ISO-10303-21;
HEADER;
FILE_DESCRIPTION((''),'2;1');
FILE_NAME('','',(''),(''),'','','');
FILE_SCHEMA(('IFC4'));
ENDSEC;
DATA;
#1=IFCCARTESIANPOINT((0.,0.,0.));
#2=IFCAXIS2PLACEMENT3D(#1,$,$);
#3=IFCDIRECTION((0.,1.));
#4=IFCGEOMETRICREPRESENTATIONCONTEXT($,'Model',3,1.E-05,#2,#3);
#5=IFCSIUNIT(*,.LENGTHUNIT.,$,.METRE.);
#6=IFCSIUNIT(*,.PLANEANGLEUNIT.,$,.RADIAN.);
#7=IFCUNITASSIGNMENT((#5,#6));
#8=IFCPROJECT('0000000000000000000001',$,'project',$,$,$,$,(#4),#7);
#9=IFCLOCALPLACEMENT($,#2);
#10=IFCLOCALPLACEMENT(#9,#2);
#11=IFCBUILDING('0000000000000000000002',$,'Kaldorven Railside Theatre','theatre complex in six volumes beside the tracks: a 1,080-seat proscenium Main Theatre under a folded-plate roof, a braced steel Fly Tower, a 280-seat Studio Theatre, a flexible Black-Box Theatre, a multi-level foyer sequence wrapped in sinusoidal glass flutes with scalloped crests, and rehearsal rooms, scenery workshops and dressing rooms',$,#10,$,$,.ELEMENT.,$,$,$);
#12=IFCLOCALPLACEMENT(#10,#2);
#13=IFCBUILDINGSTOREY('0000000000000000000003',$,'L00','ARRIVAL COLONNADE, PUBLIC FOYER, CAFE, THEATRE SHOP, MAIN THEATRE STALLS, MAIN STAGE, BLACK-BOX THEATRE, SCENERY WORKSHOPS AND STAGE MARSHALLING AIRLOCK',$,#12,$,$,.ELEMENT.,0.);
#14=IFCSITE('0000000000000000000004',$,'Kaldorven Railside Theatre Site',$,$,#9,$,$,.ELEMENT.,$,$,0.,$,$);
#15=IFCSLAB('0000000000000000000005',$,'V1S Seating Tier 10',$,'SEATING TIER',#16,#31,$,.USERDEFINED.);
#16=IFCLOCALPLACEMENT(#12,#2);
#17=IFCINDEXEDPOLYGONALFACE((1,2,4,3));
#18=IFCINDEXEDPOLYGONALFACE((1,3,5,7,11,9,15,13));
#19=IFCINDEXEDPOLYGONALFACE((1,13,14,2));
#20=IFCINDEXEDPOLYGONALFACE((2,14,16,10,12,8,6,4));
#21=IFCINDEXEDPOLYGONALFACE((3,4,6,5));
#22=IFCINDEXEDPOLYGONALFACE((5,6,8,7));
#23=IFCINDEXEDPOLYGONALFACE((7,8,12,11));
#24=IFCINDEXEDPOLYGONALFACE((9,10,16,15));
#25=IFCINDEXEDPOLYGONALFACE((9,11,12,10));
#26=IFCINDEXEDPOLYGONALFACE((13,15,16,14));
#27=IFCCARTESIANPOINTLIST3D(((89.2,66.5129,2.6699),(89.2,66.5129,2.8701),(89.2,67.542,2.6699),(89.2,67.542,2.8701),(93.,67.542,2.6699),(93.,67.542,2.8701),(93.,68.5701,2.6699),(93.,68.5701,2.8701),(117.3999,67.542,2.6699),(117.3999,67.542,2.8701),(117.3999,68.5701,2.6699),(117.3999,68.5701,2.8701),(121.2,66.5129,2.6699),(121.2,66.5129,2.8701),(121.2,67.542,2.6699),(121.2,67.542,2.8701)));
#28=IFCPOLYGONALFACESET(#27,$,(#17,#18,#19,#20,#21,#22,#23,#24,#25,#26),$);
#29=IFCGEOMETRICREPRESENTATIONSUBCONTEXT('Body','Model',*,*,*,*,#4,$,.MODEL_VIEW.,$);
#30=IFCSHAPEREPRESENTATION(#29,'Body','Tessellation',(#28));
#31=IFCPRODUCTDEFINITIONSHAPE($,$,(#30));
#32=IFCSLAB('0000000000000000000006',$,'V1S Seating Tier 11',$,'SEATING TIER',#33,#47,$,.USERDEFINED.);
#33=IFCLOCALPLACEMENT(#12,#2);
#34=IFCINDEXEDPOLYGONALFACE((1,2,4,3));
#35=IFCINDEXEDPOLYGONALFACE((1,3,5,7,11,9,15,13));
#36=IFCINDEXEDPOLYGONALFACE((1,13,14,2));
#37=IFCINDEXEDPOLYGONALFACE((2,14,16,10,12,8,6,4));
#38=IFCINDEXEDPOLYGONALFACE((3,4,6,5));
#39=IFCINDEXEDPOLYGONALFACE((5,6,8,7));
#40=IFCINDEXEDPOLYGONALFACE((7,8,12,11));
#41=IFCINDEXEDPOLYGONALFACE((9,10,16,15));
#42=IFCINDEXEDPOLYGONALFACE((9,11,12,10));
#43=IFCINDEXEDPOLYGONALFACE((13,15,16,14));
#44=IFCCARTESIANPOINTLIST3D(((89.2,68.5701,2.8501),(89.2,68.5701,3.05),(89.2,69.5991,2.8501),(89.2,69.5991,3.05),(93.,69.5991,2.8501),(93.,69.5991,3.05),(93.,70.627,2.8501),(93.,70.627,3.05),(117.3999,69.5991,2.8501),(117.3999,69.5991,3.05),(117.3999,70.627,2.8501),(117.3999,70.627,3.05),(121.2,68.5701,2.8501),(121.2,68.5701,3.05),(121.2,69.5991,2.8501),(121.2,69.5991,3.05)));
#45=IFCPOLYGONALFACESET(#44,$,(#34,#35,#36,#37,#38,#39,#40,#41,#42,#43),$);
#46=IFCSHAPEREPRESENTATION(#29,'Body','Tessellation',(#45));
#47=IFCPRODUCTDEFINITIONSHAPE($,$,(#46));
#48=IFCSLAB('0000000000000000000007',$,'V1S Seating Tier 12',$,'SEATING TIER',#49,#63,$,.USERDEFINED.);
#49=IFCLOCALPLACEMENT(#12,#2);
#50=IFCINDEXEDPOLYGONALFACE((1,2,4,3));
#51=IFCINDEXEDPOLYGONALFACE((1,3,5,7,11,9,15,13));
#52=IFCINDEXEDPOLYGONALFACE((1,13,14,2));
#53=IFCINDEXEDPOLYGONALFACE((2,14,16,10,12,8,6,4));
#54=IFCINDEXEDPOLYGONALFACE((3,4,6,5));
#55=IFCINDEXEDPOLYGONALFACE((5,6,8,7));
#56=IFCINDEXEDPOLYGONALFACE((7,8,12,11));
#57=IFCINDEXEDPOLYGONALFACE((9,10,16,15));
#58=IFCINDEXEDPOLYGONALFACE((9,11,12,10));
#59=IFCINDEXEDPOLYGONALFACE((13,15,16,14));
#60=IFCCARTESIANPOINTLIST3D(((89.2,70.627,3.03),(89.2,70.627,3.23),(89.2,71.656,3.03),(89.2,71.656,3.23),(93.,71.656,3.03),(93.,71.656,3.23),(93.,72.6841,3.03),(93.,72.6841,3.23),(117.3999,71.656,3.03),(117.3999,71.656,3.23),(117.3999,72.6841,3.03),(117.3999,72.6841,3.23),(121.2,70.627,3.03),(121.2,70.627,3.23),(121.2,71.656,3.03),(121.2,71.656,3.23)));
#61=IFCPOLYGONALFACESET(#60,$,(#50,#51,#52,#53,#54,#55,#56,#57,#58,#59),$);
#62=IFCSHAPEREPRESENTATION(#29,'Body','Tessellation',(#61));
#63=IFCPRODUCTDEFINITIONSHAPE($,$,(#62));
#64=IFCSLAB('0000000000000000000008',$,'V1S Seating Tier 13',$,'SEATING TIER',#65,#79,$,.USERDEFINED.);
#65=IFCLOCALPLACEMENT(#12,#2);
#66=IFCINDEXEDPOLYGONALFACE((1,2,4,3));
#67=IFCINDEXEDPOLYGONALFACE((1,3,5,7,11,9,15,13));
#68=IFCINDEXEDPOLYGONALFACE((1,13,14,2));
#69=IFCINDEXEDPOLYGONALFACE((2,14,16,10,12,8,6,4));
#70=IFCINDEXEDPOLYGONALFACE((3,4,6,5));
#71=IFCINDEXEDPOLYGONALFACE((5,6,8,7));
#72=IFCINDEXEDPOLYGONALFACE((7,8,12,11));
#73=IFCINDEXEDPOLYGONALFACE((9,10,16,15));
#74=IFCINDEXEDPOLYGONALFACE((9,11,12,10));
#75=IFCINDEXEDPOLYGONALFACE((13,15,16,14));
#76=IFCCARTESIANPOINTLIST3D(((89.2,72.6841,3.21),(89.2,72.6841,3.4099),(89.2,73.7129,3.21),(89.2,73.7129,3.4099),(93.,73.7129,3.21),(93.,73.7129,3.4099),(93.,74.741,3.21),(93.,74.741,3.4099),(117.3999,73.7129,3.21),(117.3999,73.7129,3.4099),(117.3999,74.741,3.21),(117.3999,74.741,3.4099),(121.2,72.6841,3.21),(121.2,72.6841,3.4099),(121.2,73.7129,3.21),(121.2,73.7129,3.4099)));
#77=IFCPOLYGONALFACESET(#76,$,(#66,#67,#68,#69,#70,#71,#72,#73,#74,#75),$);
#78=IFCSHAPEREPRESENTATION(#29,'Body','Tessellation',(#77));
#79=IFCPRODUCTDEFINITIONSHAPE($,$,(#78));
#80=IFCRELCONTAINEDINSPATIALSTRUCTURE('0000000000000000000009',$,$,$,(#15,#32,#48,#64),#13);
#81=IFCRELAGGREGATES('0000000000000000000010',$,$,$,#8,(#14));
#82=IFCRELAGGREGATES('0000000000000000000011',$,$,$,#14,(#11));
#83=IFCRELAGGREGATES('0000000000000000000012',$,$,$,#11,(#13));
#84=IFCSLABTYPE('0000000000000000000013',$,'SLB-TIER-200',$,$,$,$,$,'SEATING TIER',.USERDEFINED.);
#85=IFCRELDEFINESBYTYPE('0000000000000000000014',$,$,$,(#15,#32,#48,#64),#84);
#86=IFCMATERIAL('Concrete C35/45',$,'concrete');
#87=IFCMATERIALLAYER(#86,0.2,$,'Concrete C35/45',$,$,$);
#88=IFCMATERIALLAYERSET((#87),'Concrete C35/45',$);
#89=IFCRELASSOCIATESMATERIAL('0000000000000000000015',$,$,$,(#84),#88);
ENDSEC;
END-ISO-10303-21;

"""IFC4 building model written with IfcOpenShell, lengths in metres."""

from ifc_helpers import new_model, si_unit, direction, frame, origin, place, context, subcontext, project, spatial, polyline, outline, extrude, material, layer, layer_set, type_object, element, save


model = new_model("IFC4")

# Units and contexts
model_context = context("Model", 3, precision=1e-05, world=origin(), true_north=direction((0.0, 1.0)))
body_context = subcontext(model_context, "Body", "Model", "MODEL_VIEW")
ifc_project = project(units=[si_unit("LENGTHUNIT", "METRE"), si_unit("PLANEANGLEUNIT", "RADIAN")], contexts=[model_context])

# Site, building, storey
site_placement = place(None, origin())
site = spatial("IfcSite", under=ifc_project, at=site_placement, Name="Kaldorven Railside Theatre Site", CompositionType="ELEMENT", RefElevation=0.0)
building_placement = place(site_placement, origin())
building = spatial("IfcBuilding", under=site, at=building_placement, Name="Kaldorven Railside Theatre", Description="theatre complex in six volumes beside the tracks: a 1,080-seat proscenium Main Theatre under a folded-plate roof, a braced steel Fly Tower, a 280-seat Studio Theatre, a flexible Black-Box Theatre, a multi-level foyer sequence wrapped in sinusoidal glass flutes with scalloped crests, and rehearsal rooms, scenery workshops and dressing rooms", CompositionType="ELEMENT")
storey_placement = place(building_placement, origin())
storey = spatial("IfcBuildingStorey", under=building, at=storey_placement, Name="L00", Description="ARRIVAL COLONNADE, PUBLIC FOYER, CAFE, THEATRE SHOP, MAIN THEATRE STALLS, MAIN STAGE, BLACK-BOX THEATRE, SCENERY WORKSHOPS AND STAGE MARSHALLING AIRLOCK", CompositionType="ELEMENT", Elevation=0.0)

# Slabs
ifc_material = material(Name="Concrete C35/45", Category="concrete")
ifc_layer_1 = layer(ifc_material, 0.2, Name="Concrete C35/45")
ifc_layer_set_1 = layer_set([ifc_layer_1], Name="Concrete C35/45")
slab_type_1 = type_object("IfcSlabType", Name="SLB-TIER-200", ElementType="SEATING TIER", PredefinedType="USERDEFINED", material=ifc_layer_set_1)
slab_1_placement = place(storey_placement, frame((0.0, 0.0, 2.6699)))
element("IfcSlab", 1, at=slab_1_placement, inside=storey, type_object=slab_type_1, Name="V1S Seating Tier 10", ObjectType="SEATING TIER", PredefinedType="USERDEFINED", context=body_context, shape_type="SweptSolid", body=[
    extrude(outline(polyline([(89.2, 66.5129), (121.2, 66.5129), (121.2, 67.542), (117.3999, 67.542), (117.3999, 68.5701), (93.0, 68.5701), (93.0, 67.542), (89.2, 67.542), (89.2, 66.5129)])), origin(), (0.0, 0.0, 1.0), 0.2002),
])
slab_2_placement = place(storey_placement, frame((0.0, 0.0, 2.8501)))
element("IfcSlab", 2, at=slab_2_placement, inside=storey, type_object=slab_type_1, Name="V1S Seating Tier 11", ObjectType="SEATING TIER", PredefinedType="USERDEFINED", context=body_context, shape_type="SweptSolid", body=[
    extrude(outline(polyline([(89.2, 68.5701), (121.2, 68.5701), (121.2, 69.5991), (117.3999, 69.5991), (117.3999, 70.627), (93.0, 70.627), (93.0, 69.5991), (89.2, 69.5991), (89.2, 68.5701)])), origin(), (0.0, 0.0, 1.0), 0.2),
])
slab_3_placement = place(storey_placement, frame((0.0, 0.0, 3.03)))
element("IfcSlab", 3, at=slab_3_placement, inside=storey, type_object=slab_type_1, Name="V1S Seating Tier 12", ObjectType="SEATING TIER", PredefinedType="USERDEFINED", context=body_context, shape_type="SweptSolid", body=[
    extrude(outline(polyline([(89.2, 70.627), (121.2, 70.627), (121.2, 71.656), (117.3999, 71.656), (117.3999, 72.6841), (93.0, 72.6841), (93.0, 71.656), (89.2, 71.656), (89.2, 70.627)])), origin(), (0.0, 0.0, 1.0), 0.2),
])
slab_4_placement = place(storey_placement, frame((0.0, 0.0, 3.21)))
element("IfcSlab", 4, at=slab_4_placement, inside=storey, type_object=slab_type_1, Name="V1S Seating Tier 13", ObjectType="SEATING TIER", PredefinedType="USERDEFINED", context=body_context, shape_type="SweptSolid", body=[
    extrude(outline(polyline([(89.2, 72.6841), (121.2, 72.6841), (121.2, 73.7129), (117.3999, 73.7129), (117.3999, 74.741), (93.0, 74.741), (93.0, 73.7129), (89.2, 73.7129), (89.2, 72.6841)])), origin(), (0.0, 0.0, 1.0), 0.2),
])

save(model, "model.ifc")
